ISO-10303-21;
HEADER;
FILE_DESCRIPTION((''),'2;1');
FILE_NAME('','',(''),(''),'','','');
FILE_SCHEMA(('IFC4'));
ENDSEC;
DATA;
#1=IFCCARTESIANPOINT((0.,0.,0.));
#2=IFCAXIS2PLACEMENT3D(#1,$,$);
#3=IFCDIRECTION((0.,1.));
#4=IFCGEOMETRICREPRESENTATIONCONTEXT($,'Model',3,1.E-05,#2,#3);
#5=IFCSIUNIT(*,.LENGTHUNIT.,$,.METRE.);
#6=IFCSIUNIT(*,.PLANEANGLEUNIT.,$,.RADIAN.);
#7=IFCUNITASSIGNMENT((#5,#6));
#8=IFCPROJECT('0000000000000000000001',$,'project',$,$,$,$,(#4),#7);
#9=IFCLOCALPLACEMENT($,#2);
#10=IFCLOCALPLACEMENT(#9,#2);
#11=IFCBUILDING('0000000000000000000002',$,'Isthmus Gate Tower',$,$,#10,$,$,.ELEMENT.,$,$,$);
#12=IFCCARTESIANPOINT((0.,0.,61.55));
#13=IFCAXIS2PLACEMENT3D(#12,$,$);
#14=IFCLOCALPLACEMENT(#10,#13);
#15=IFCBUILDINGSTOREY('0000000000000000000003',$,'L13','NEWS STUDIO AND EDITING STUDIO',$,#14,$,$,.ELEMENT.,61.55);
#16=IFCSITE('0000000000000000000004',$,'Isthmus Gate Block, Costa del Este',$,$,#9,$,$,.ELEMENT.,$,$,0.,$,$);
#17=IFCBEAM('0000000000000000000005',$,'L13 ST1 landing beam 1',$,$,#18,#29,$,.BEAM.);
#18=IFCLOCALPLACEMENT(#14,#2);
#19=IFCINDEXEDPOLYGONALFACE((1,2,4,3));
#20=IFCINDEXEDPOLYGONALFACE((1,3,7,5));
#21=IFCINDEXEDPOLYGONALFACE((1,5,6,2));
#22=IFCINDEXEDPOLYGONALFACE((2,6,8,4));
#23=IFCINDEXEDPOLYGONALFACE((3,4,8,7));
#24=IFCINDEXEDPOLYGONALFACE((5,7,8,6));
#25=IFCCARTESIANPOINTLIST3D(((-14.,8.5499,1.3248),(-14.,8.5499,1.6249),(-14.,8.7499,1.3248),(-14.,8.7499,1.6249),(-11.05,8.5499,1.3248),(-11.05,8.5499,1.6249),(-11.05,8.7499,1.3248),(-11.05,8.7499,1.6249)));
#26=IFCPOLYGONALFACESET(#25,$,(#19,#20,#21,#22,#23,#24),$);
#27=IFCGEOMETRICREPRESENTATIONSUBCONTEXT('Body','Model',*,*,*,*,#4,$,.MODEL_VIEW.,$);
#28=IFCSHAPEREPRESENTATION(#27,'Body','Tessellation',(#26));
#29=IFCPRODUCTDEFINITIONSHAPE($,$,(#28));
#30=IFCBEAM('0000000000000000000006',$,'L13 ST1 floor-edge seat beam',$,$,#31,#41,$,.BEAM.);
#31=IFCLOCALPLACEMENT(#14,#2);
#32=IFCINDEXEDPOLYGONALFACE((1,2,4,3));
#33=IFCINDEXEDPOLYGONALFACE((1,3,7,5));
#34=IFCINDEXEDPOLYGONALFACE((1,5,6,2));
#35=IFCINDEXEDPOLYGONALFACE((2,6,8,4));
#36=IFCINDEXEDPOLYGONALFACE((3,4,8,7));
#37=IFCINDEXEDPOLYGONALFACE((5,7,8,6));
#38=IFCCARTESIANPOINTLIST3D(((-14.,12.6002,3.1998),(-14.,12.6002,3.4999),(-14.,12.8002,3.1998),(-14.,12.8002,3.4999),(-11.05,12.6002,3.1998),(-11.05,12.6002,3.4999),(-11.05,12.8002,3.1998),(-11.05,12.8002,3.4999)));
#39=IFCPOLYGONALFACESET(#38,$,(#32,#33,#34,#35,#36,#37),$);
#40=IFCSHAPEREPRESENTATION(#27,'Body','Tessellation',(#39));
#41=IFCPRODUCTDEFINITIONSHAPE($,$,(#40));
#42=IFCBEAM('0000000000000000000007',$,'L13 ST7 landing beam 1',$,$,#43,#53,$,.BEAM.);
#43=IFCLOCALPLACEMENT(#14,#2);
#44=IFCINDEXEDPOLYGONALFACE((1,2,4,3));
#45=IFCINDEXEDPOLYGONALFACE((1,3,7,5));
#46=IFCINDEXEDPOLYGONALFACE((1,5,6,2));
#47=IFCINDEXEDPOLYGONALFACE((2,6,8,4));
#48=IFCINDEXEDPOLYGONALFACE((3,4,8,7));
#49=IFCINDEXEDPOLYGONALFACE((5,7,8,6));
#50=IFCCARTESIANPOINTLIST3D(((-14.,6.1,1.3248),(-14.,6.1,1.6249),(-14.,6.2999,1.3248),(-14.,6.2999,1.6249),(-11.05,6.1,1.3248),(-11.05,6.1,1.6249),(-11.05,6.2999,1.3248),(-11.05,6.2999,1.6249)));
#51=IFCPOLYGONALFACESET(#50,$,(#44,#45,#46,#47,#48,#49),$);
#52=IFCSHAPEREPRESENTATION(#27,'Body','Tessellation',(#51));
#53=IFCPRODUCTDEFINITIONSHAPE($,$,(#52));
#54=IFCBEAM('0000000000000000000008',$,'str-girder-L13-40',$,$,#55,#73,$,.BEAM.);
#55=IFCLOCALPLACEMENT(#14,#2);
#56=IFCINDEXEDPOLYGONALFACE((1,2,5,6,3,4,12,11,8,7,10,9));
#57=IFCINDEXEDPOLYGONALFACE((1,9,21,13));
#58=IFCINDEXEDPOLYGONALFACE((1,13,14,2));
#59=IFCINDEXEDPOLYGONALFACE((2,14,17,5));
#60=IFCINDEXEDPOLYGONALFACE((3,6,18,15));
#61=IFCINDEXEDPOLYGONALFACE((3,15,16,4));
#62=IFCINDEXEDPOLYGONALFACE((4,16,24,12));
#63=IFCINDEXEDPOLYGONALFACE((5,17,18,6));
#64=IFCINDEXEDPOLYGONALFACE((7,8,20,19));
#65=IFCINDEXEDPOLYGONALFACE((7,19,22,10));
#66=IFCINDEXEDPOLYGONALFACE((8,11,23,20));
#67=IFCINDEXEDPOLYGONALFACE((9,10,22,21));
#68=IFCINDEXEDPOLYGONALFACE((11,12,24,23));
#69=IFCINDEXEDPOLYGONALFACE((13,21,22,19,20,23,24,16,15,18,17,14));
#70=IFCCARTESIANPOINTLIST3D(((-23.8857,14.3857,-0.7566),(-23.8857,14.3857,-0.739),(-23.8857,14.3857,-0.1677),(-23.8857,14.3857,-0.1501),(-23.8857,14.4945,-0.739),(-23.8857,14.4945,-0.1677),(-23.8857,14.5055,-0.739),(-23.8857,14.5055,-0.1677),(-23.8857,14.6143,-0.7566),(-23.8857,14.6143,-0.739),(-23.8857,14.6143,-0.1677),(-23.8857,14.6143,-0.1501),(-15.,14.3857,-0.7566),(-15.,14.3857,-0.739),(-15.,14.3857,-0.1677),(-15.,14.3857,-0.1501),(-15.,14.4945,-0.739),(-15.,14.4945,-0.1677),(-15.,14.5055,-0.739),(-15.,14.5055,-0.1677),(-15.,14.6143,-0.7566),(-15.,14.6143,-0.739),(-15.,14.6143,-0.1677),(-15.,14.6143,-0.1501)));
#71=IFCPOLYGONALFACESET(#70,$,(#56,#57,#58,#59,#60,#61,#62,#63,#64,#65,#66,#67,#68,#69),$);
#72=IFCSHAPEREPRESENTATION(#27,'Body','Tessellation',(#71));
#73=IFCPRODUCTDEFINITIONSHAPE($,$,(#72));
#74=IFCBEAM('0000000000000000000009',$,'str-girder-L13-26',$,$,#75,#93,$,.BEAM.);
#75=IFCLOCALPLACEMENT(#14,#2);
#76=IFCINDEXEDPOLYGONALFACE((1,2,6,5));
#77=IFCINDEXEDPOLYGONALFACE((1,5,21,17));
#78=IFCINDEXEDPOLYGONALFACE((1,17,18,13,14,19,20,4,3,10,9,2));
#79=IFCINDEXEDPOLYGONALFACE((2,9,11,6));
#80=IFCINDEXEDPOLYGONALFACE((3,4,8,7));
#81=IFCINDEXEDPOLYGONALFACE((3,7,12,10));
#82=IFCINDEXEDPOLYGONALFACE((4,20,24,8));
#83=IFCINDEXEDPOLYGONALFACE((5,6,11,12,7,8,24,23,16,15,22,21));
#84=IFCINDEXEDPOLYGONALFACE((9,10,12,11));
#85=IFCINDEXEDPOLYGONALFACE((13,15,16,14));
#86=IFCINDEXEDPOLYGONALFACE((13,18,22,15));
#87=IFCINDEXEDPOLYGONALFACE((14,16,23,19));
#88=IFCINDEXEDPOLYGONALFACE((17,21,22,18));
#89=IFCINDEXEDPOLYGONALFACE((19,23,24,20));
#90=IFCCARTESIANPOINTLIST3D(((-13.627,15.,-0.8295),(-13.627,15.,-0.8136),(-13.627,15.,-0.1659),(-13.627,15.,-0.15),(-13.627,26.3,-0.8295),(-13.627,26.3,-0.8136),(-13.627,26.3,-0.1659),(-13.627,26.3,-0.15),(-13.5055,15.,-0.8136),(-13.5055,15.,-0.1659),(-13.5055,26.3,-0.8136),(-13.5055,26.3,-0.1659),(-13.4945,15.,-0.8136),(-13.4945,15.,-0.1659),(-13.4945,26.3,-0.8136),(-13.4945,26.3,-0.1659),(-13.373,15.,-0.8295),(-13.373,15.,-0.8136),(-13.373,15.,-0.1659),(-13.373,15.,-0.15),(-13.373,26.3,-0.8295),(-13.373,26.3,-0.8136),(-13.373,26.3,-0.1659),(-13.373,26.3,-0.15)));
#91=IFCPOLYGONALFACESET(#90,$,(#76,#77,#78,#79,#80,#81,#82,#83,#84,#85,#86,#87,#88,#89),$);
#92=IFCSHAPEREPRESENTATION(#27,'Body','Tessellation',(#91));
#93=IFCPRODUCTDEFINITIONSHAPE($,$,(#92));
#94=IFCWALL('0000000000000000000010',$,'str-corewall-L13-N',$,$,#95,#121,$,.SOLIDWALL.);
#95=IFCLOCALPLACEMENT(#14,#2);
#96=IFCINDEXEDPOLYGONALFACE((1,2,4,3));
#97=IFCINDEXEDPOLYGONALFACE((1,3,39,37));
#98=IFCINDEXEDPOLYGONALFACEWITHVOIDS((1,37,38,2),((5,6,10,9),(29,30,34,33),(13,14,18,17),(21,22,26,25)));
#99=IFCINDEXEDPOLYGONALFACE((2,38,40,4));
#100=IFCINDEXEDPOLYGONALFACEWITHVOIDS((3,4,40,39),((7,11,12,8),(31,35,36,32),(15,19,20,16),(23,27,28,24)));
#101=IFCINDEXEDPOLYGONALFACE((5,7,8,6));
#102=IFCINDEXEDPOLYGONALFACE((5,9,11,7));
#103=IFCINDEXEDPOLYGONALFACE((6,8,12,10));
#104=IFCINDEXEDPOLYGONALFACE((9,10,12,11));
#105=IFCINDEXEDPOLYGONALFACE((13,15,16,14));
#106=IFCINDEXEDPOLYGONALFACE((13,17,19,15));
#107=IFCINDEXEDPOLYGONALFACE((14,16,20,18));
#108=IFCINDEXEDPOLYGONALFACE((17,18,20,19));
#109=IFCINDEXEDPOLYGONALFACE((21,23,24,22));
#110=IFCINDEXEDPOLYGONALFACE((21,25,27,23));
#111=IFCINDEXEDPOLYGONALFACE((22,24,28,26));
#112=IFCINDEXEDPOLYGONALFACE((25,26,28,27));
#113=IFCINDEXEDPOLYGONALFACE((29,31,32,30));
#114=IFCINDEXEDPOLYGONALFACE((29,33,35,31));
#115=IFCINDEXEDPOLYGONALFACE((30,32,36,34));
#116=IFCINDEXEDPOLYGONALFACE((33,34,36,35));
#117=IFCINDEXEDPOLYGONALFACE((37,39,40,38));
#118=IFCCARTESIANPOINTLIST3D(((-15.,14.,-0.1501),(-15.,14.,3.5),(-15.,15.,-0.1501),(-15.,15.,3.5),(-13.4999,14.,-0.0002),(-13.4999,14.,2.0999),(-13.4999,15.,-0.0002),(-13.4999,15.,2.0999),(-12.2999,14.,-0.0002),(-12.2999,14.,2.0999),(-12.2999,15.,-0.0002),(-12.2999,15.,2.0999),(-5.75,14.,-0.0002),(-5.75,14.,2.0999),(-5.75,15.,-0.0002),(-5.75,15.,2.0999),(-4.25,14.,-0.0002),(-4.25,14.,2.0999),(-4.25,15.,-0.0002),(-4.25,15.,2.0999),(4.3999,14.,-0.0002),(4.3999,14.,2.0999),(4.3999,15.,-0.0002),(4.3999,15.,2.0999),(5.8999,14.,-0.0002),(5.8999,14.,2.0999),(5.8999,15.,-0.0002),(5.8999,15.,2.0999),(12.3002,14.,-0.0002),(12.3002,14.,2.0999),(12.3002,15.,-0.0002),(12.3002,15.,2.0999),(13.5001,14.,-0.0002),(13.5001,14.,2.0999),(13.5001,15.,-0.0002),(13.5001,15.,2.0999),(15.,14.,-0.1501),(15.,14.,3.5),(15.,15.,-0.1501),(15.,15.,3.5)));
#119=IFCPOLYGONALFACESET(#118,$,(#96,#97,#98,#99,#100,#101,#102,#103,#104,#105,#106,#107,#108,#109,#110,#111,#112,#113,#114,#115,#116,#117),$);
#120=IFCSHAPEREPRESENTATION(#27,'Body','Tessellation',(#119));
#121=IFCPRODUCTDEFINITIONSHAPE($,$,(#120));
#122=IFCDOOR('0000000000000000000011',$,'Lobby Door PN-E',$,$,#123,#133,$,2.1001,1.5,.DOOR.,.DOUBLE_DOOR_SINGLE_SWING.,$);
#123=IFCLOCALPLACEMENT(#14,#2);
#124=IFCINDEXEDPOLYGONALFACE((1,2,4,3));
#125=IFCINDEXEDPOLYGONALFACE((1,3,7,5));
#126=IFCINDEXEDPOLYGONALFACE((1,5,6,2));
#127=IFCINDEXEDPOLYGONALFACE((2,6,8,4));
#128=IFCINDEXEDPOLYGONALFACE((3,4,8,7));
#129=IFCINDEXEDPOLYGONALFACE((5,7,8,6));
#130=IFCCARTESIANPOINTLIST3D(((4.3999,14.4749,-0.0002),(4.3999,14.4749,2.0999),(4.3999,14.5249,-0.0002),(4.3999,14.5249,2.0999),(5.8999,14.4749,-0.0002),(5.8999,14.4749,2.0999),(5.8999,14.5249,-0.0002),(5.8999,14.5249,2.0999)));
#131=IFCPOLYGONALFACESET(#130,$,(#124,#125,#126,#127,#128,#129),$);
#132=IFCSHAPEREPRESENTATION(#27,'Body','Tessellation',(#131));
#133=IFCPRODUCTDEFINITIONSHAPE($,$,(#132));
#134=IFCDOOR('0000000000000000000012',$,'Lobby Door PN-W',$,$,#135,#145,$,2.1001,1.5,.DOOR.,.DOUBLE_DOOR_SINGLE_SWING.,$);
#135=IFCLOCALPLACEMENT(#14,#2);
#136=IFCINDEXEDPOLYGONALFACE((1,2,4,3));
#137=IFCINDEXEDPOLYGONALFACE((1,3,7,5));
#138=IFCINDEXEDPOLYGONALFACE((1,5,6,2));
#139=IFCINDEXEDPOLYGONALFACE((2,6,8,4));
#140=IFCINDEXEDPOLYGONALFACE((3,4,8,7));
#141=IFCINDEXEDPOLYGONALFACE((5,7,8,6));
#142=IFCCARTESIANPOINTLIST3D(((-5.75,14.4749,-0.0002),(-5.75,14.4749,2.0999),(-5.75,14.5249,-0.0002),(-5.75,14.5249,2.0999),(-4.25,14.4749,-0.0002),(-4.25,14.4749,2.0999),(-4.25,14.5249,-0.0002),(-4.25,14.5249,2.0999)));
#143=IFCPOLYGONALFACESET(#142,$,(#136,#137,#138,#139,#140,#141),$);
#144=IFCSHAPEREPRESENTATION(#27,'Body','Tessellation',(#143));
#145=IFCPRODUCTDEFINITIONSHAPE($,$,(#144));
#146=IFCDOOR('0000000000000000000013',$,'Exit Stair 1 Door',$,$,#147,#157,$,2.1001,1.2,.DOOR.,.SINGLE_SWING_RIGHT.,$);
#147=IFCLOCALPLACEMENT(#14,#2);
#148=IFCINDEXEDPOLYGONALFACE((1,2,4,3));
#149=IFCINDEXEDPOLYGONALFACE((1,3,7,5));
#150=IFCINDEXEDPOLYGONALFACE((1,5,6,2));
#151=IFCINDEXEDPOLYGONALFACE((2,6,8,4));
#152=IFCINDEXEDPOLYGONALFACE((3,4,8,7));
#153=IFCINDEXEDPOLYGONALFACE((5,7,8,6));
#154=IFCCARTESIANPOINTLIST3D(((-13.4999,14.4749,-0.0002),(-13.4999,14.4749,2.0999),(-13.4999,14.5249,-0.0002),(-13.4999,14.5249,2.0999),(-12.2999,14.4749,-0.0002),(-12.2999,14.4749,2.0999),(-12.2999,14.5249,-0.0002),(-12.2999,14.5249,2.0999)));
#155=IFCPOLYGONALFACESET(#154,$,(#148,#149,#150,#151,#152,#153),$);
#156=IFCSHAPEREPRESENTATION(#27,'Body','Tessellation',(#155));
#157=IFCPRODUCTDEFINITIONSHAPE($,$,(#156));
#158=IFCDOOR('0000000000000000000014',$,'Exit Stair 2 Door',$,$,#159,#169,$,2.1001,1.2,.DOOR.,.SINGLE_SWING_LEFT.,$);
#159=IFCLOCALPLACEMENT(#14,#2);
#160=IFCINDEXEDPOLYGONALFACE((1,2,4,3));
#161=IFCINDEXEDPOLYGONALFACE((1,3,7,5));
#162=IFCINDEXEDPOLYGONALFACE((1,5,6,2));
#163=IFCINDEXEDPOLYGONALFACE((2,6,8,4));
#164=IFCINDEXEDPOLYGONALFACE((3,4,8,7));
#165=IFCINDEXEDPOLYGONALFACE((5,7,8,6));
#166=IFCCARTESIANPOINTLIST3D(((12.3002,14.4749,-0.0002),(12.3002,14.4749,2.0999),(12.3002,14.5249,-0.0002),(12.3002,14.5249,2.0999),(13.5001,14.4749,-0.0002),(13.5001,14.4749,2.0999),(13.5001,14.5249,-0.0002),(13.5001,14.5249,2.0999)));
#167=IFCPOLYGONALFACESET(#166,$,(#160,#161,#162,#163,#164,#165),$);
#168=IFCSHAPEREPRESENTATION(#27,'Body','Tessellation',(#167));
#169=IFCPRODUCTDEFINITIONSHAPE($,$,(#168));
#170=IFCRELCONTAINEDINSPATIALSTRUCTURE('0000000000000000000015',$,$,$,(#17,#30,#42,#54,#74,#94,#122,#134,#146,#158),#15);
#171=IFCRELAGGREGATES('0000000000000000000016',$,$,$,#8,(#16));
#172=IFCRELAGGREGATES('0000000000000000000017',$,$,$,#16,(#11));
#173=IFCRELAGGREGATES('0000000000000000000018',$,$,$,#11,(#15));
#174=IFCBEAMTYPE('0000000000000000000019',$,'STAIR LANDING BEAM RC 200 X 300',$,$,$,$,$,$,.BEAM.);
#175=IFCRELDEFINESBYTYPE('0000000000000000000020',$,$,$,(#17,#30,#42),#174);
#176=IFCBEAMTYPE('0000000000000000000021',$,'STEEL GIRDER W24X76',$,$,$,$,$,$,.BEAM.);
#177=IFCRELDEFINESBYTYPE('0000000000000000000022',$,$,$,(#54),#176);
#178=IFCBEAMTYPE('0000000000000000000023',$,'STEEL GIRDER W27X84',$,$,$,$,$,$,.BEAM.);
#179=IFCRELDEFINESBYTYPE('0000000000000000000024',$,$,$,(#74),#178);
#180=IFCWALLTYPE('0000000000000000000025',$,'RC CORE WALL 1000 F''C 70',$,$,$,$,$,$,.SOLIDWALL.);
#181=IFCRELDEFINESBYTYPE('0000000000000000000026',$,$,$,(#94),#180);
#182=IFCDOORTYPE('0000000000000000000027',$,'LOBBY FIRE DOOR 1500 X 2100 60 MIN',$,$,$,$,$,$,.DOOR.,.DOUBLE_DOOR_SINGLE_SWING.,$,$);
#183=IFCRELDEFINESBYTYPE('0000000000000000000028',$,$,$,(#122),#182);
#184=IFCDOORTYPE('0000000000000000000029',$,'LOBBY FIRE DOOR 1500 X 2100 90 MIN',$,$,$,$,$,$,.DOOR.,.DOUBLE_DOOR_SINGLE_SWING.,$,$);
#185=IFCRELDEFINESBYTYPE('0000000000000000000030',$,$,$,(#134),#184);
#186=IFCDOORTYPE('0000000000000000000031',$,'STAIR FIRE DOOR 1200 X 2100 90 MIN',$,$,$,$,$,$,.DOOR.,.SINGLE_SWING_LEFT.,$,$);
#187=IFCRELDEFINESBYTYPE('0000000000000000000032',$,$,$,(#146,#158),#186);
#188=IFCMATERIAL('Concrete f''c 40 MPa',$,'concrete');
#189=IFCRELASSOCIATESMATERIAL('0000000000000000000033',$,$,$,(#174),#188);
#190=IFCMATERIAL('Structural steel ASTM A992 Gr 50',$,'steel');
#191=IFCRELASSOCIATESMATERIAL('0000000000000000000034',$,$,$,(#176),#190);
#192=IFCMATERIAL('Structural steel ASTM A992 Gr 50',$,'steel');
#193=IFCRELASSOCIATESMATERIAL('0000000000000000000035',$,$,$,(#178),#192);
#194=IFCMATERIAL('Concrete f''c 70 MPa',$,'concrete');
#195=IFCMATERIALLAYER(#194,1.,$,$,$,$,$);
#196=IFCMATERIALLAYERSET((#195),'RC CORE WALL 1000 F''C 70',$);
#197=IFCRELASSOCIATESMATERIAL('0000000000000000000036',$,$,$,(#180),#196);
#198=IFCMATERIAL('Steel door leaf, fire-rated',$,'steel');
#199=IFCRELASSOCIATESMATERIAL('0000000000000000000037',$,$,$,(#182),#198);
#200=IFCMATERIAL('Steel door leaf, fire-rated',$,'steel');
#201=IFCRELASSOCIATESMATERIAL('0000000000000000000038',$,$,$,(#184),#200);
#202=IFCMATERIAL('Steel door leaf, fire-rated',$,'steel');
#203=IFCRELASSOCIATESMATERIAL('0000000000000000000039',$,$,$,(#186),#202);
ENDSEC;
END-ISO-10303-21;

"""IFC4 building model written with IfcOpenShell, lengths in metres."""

from ifc_helpers import new_model, si_unit, direction, frame, frame_2d, origin, origin_2d, place, context, subcontext, project, spatial, rectangle, i_section, extrude, material, layer, layer_set, material_profile, profile_set, type_object, element, fill, save


model = new_model("IFC4")

# Units and contexts
model_context = context("Model", 3, precision=1e-05, world=origin(), true_north=direction((0.0, 1.0)))
body_context = subcontext(model_context, "Body", "Model", "MODEL_VIEW")
ifc_project = project(units=[si_unit("LENGTHUNIT", "METRE"), si_unit("PLANEANGLEUNIT", "RADIAN")], contexts=[model_context])

# Site, building, storey
site_placement = place(None, origin())
site = spatial("IfcSite", under=ifc_project, at=site_placement, Name="Isthmus Gate Block, Costa del Este", CompositionType="ELEMENT", RefElevation=0.0)
building_placement = place(site_placement, origin())
building = spatial("IfcBuilding", under=site, at=building_placement, Name="Isthmus Gate Tower", CompositionType="ELEMENT")
storey_placement = place(building_placement, frame((0.0, 0.0, 61.55)))
storey = spatial("IfcBuildingStorey", under=building, at=storey_placement, Name="L13", Description="NEWS STUDIO AND EDITING STUDIO", CompositionType="ELEMENT", Elevation=61.55)

# Beams
ifc_material_1 = material(Name="Concrete f'c 40 MPa", Category="concrete")
ifc_material_profile_1 = material_profile(ifc_material_1, rectangle(XDim=0.2, YDim=0.3, at=origin_2d()), Name="STAIR LANDING BEAM RC 200 X 300")
ifc_profile_set_1 = profile_set([ifc_material_profile_1], Name="Concrete f'c 40 MPa")
beam_type_1 = type_object("IfcBeamType", Name="STAIR LANDING BEAM RC 200 X 300", PredefinedType="BEAM", material=ifc_profile_set_1)
for number, where, z_axis, x_axis, name in (
    (1, (-14.0, 8.6499, 1.4749), (1.0, 0.0, 0.0), (0.0, 1.0, 0.0), "L13 ST1 landing beam 1"),
    (2, (-14.0, 12.7002, 3.3499), (1.0, 0.0, 0.0), (0.0, 1.0, 0.0), "L13 ST1 floor-edge seat beam"),
    (3, (-14.0, 6.2, 1.4749), (1.0, 0.0, 0.0), (0.0, 1.0, 0.0), "L13 ST7 landing beam 1"),
):
    element("IfcBeam", number, at=place(storey_placement, frame(where, z_axis=z_axis, x_axis=x_axis)), inside=storey, type_object=beam_type_1, Name=name, PredefinedType="BEAM", context=body_context, shape_type="SweptSolid", body=[
        extrude(rectangle(XDim=0.2, YDim=0.3, at=origin_2d()), origin(), (0.0, 0.0, 1.0), 2.95),
    ])
ifc_material_2 = material(Name="Structural steel ASTM A992 Gr 50", Category="steel")
ifc_material_profile_2 = material_profile(ifc_material_2, i_section(OverallWidth=0.2285, OverallDepth=0.6064, WebThickness=0.011, FlangeThickness=0.0176, at=origin_2d()), Name="W24X76")
ifc_profile_set_2 = profile_set([ifc_material_profile_2], Name="Structural steel ASTM A992 Gr 50")
beam_type_2 = type_object("IfcBeamType", Name="STEEL GIRDER W24X76", PredefinedType="BEAM", material=ifc_profile_set_2)
beam_1_placement = place(storey_placement, frame((-15.0, 14.5, -0.4534), z_axis=(-1.0, 0.0, 0.0), x_axis=(0.0, -1.0, 0.0)))
element("IfcBeam", 4, at=beam_1_placement, inside=storey, type_object=beam_type_2, Name="str-girder-L13-40", PredefinedType="BEAM", context=body_context, shape_type="SweptSolid", body=[
    extrude(i_section(OverallWidth=0.2285, OverallDepth=0.6064, WebThickness=0.011, FlangeThickness=0.0176, at=origin_2d()), origin(), (0.0, 0.0, 1.0), 8.8857),
])
ifc_material_3 = material(Name="Structural steel ASTM A992 Gr 50", Category="steel")
ifc_material_profile_3 = material_profile(ifc_material_3, i_section(OverallWidth=0.2539, OverallDepth=0.6794, WebThickness=0.011, FlangeThickness=0.0159, at=origin_2d()), Name="W27X84")
ifc_profile_set_3 = profile_set([ifc_material_profile_3], Name="Structural steel ASTM A992 Gr 50")
beam_type_3 = type_object("IfcBeamType", Name="STEEL GIRDER W27X84", PredefinedType="BEAM", material=ifc_profile_set_3)
beam_2_placement = place(storey_placement, frame((-13.5, 15.0, -0.4897), z_axis=(0.0, 1.0, 0.0), x_axis=(-1.0, 0.0, 0.0)))
element("IfcBeam", 5, at=beam_2_placement, inside=storey, type_object=beam_type_3, Name="str-girder-L13-26", PredefinedType="BEAM", context=body_context, shape_type="SweptSolid", body=[
    extrude(i_section(OverallWidth=0.2539, OverallDepth=0.6794, WebThickness=0.011, FlangeThickness=0.0159, at=origin_2d()), origin(), (0.0, 0.0, 1.0), 11.3),
])

# Wall, openings, doors
ifc_material_4 = material(Name="Concrete f'c 70 MPa", Category="concrete")
ifc_layer_1 = layer(ifc_material_4, 1.0)
ifc_layer_set_1 = layer_set([ifc_layer_1], Name="RC CORE WALL 1000 F'C 70")
wall_type_1 = type_object("IfcWallType", Name="RC CORE WALL 1000 F'C 70", PredefinedType="SOLIDWALL", material=ifc_layer_set_1)
wall_1_placement = place(storey_placement, frame((-15.0, 14.5, -0.1501), z_axis=(0.0, 0.0, 1.0), x_axis=(1.0, 0.0, 0.0)))
wall_1 = element("IfcWall", 6, at=wall_1_placement, inside=storey, type_object=wall_type_1, Name="str-corewall-L13-N", PredefinedType="SOLIDWALL", context=body_context, shape_type="SweptSolid", body=[
    extrude(rectangle(XDim=30.0, YDim=1.0, at=frame_2d((15.0, 0.0))), origin(), (0.0, 0.0, 1.0), 3.6501),
])
opening_1_placement = place(wall_1_placement, frame((9.25, 0.0, 0.1499)))
opening_1 = element("IfcOpeningElement", 7, at=opening_1_placement, cuts=wall_1, PredefinedType="OPENING", context=body_context, shape_type="SweptSolid", body=[
    extrude(rectangle(XDim=1.5, YDim=2.1001, at=frame_2d((0.75, 1.05))), frame((0.0, 0.51, 0.0), z_axis=(0.0, -1.0, 0.0), x_axis=(1.0, 0.0, 0.0)), (0.0, 0.0, 1.0), 1.02),
])
opening_2_placement = place(wall_1_placement, frame((19.3999, 0.0, 0.1499)))
opening_2 = element("IfcOpeningElement", 8, at=opening_2_placement, cuts=wall_1, PredefinedType="OPENING", context=body_context, shape_type="SweptSolid", body=[
    extrude(rectangle(XDim=1.5, YDim=2.1001, at=frame_2d((0.75, 1.05))), frame((0.0, 0.51, 0.0), z_axis=(0.0, -1.0, 0.0), x_axis=(1.0, 0.0, 0.0)), (0.0, 0.0, 1.0), 1.02),
])
opening_3_placement = place(wall_1_placement, frame((1.5, 0.0, 0.1499)))
opening_3 = element("IfcOpeningElement", 9, at=opening_3_placement, cuts=wall_1, PredefinedType="OPENING", context=body_context, shape_type="SweptSolid", body=[
    extrude(rectangle(XDim=1.2, YDim=2.1001, at=frame_2d((0.6001, 1.05))), frame((0.0, 0.51, 0.0), z_axis=(0.0, -1.0, 0.0), x_axis=(1.0, 0.0, 0.0)), (0.0, 0.0, 1.0), 1.02),
])
opening_4_placement = place(wall_1_placement, frame((27.3, 0.0, 0.1499)))
opening_4 = element("IfcOpeningElement", 10, at=opening_4_placement, cuts=wall_1, PredefinedType="OPENING", context=body_context, shape_type="SweptSolid", body=[
    extrude(rectangle(XDim=1.2, YDim=2.1001, at=frame_2d((0.6001, 1.05))), frame((0.0, 0.51, 0.0), z_axis=(0.0, -1.0, 0.0), x_axis=(1.0, 0.0, 0.0)), (0.0, 0.0, 1.0), 1.02),
])
ifc_material_5 = material(Name="Steel door leaf, fire-rated", Category="steel")
door_type_1 = type_object("IfcDoorType", Name="LOBBY FIRE DOOR 1500 X 2100 60 MIN", OperationType="DOUBLE_DOOR_SINGLE_SWING", PredefinedType="DOOR", material=ifc_material_5)
door_1_placement = place(opening_2_placement, origin())
door_1 = element("IfcDoor", 11, at=door_1_placement, inside=storey, type_object=door_type_1, Name="Lobby Door PN-E", OperationType="DOUBLE_DOOR_SINGLE_SWING", OverallHeight=2.1001, OverallWidth=1.5, PredefinedType="DOOR", context=body_context, shape_type="SweptSolid", body=[
    extrude(rectangle(XDim=1.5, YDim=2.1001, at=frame_2d((0.75, 1.05))), frame((0.0, 0.0249, 0.0), z_axis=(0.0, -1.0, 0.0), x_axis=(1.0, 0.0, 0.0)), (0.0, 0.0, 1.0), 0.05),
])
fill(opening_2, door_1)
ifc_material_6 = material(Name="Steel door leaf, fire-rated", Category="steel")
door_type_2 = type_object("IfcDoorType", Name="LOBBY FIRE DOOR 1500 X 2100 90 MIN", OperationType="DOUBLE_DOOR_SINGLE_SWING", PredefinedType="DOOR", material=ifc_material_6)
door_2_placement = place(opening_1_placement, origin())
door_2 = element("IfcDoor", 12, at=door_2_placement, inside=storey, type_object=door_type_2, Name="Lobby Door PN-W", OperationType="DOUBLE_DOOR_SINGLE_SWING", OverallHeight=2.1001, OverallWidth=1.5, PredefinedType="DOOR", context=body_context, shape_type="SweptSolid", body=[
    extrude(rectangle(XDim=1.5, YDim=2.1001, at=frame_2d((0.75, 1.05))), frame((0.0, 0.0249, 0.0), z_axis=(0.0, -1.0, 0.0), x_axis=(1.0, 0.0, 0.0)), (0.0, 0.0, 1.0), 0.05),
])
fill(opening_1, door_2)
ifc_material_7 = material(Name="Steel door leaf, fire-rated", Category="steel")
door_type_3 = type_object("IfcDoorType", Name="STAIR FIRE DOOR 1200 X 2100 90 MIN", OperationType="SINGLE_SWING_LEFT", PredefinedType="DOOR", material=ifc_material_7)
door_3_placement = place(opening_3_placement, origin())
door_3 = element("IfcDoor", 13, at=door_3_placement, inside=storey, type_object=door_type_3, Name="Exit Stair 1 Door", OperationType="SINGLE_SWING_RIGHT", OverallHeight=2.1001, OverallWidth=1.2, PredefinedType="DOOR", context=body_context, shape_type="SweptSolid", body=[
    extrude(rectangle(XDim=1.2, YDim=2.1001, at=frame_2d((0.6001, 1.05))), frame((0.0, 0.0249, 0.0), z_axis=(0.0, -1.0, 0.0), x_axis=(1.0, 0.0, 0.0)), (0.0, 0.0, 1.0), 0.05),
])
fill(opening_3, door_3)
door_4_placement = place(opening_4_placement, origin())
door_4 = element("IfcDoor", 14, at=door_4_placement, inside=storey, type_object=door_type_3, Name="Exit Stair 2 Door", OperationType="SINGLE_SWING_LEFT", OverallHeight=2.1001, OverallWidth=1.2, PredefinedType="DOOR", context=body_context, shape_type="SweptSolid", body=[
    extrude(rectangle(XDim=1.2, YDim=2.1001, at=frame_2d((0.6001, 1.05))), frame((0.0, 0.0249, 0.0), z_axis=(0.0, -1.0, 0.0), x_axis=(1.0, 0.0, 0.0)), (0.0, 0.0, 1.0), 0.05),
])
fill(opening_4, door_4)

save(model, "model.ifc")
